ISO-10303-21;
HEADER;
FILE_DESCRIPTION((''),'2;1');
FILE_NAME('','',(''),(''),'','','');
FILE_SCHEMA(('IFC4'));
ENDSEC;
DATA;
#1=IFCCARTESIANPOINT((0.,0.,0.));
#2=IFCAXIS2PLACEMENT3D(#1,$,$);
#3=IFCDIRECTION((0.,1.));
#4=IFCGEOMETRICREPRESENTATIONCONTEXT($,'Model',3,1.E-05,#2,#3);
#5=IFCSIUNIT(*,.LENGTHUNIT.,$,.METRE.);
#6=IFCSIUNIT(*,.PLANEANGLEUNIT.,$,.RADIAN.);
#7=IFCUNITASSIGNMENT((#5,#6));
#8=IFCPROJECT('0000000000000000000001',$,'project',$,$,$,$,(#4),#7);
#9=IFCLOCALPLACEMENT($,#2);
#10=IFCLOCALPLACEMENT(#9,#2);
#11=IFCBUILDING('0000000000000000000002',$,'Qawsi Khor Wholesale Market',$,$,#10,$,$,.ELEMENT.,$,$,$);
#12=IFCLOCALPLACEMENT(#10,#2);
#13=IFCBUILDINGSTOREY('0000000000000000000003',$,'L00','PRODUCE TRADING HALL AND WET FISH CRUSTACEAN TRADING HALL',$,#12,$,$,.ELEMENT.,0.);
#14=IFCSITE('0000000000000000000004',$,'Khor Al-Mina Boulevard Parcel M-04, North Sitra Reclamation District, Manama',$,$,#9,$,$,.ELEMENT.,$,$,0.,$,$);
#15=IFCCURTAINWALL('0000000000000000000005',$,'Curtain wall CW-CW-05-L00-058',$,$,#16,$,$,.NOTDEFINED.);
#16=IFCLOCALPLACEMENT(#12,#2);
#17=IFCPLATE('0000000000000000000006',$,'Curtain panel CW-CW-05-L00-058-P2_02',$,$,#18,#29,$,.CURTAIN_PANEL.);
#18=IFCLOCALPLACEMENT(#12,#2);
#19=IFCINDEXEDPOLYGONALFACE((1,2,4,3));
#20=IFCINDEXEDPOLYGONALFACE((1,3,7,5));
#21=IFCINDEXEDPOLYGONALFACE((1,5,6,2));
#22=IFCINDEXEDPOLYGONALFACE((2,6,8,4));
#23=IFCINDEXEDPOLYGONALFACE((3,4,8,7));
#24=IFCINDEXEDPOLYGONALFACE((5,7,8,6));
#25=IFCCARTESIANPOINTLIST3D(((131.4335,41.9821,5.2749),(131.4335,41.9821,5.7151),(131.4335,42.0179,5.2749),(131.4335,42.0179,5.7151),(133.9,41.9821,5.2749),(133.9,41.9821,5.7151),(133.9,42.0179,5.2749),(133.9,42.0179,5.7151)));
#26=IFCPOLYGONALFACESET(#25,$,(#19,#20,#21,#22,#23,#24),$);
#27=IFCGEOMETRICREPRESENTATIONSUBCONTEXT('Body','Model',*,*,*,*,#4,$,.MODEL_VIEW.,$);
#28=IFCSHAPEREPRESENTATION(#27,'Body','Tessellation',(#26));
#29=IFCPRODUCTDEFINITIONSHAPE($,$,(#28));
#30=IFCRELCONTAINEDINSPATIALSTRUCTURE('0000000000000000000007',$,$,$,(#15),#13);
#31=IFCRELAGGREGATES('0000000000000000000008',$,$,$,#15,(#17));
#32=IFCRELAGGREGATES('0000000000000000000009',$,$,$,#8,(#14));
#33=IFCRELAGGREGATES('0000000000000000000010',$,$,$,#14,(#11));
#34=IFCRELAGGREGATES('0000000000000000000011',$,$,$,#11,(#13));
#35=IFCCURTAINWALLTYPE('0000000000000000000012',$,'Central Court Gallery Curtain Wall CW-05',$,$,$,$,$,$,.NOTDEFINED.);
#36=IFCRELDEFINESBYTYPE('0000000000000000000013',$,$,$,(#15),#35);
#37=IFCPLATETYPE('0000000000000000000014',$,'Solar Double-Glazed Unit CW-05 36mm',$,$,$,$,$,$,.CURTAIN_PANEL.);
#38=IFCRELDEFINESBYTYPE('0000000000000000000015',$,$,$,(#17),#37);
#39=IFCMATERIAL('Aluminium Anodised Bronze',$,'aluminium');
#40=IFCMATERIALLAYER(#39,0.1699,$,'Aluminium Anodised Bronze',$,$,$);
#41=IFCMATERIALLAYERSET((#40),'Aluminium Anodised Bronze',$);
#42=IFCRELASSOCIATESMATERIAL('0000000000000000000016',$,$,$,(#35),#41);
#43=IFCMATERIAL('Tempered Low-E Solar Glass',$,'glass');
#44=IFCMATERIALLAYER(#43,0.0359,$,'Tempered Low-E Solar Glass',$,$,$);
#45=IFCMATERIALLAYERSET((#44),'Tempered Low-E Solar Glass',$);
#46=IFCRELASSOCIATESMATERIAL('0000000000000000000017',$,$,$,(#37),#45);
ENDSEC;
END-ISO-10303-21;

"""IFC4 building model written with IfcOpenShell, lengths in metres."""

from ifc_helpers import new_model, si_unit, direction, frame, frame_2d, origin, place, context, subcontext, project, spatial, rectangle, extrude, material, layer, layer_set, type_object, element, aggregate, save


model = new_model("IFC4")

# Units and contexts
model_context = context("Model", 3, precision=1e-05, world=origin(), true_north=direction((0.0, 1.0)))
body_context = subcontext(model_context, "Body", "Model", "MODEL_VIEW")
ifc_project = project(units=[si_unit("LENGTHUNIT", "METRE"), si_unit("PLANEANGLEUNIT", "RADIAN")], contexts=[model_context])

# Site, building, storey
site_placement = place(None, origin())
site = spatial("IfcSite", under=ifc_project, at=site_placement, Name="Khor Al-Mina Boulevard Parcel M-04, North Sitra Reclamation District, Manama", CompositionType="ELEMENT", RefElevation=0.0)
building_placement = place(site_placement, origin())
building = spatial("IfcBuilding", under=site, at=building_placement, Name="Qawsi Khor Wholesale Market", CompositionType="ELEMENT")
storey_placement = place(building_placement, origin())
storey = spatial("IfcBuildingStorey", under=building, at=storey_placement, Name="L00", Description="PRODUCE TRADING HALL AND WET FISH CRUSTACEAN TRADING HALL", CompositionType="ELEMENT", Elevation=0.0)

# Shared definitions
ifc_material_1 = material(Name="Aluminium Anodised Bronze", Category="aluminium")
ifc_layer_1 = layer(ifc_material_1, 0.1699, Name="Aluminium Anodised Bronze")
ifc_layer_set_1 = layer_set([ifc_layer_1], Name="Aluminium Anodised Bronze")
curtain_wall_type = type_object("IfcCurtainWallType", Name="Central Court Gallery Curtain Wall CW-05", PredefinedType="NOTDEFINED", material=ifc_layer_set_1)

# Curtain wall
curtain_wall_1_placement = place(storey_placement, origin())
curtain_wall_1 = element("IfcCurtainWall", 1, at=curtain_wall_1_placement, inside=storey, type_object=curtain_wall_type, Name="Curtain wall CW-CW-05-L00-058", PredefinedType="NOTDEFINED")

# Plate
ifc_material_2 = material(Name="Tempered Low-E Solar Glass", Category="glass")
ifc_layer_2 = layer(ifc_material_2, 0.0359, Name="Tempered Low-E Solar Glass")
ifc_layer_set_2 = layer_set([ifc_layer_2], Name="Tempered Low-E Solar Glass")
plate_type_1 = type_object("IfcPlateType", Name="Solar Double-Glazed Unit CW-05 36mm", PredefinedType="CURTAIN_PANEL", material=ifc_layer_set_2)
plate_1_placement = place(storey_placement, frame((131.4333, 42.0, 5.2749), z_axis=(0.0, 0.0, 1.0), x_axis=(1.0, 0.0, 0.0)))
plate_1 = element("IfcPlate", 2, at=plate_1_placement, type_object=plate_type_1, Name="Curtain panel CW-CW-05-L00-058-P2_02", PredefinedType="CURTAIN_PANEL", context=body_context, shape_type="SweptSolid", body=[
    extrude(rectangle(XDim=2.4666, YDim=0.0359, at=frame_2d((1.2334, 0.0))), origin(), (0.0, 0.0, 1.0), 0.4402),
])
aggregate(curtain_wall_1, [plate_1])

save(model, "model.ifc")
